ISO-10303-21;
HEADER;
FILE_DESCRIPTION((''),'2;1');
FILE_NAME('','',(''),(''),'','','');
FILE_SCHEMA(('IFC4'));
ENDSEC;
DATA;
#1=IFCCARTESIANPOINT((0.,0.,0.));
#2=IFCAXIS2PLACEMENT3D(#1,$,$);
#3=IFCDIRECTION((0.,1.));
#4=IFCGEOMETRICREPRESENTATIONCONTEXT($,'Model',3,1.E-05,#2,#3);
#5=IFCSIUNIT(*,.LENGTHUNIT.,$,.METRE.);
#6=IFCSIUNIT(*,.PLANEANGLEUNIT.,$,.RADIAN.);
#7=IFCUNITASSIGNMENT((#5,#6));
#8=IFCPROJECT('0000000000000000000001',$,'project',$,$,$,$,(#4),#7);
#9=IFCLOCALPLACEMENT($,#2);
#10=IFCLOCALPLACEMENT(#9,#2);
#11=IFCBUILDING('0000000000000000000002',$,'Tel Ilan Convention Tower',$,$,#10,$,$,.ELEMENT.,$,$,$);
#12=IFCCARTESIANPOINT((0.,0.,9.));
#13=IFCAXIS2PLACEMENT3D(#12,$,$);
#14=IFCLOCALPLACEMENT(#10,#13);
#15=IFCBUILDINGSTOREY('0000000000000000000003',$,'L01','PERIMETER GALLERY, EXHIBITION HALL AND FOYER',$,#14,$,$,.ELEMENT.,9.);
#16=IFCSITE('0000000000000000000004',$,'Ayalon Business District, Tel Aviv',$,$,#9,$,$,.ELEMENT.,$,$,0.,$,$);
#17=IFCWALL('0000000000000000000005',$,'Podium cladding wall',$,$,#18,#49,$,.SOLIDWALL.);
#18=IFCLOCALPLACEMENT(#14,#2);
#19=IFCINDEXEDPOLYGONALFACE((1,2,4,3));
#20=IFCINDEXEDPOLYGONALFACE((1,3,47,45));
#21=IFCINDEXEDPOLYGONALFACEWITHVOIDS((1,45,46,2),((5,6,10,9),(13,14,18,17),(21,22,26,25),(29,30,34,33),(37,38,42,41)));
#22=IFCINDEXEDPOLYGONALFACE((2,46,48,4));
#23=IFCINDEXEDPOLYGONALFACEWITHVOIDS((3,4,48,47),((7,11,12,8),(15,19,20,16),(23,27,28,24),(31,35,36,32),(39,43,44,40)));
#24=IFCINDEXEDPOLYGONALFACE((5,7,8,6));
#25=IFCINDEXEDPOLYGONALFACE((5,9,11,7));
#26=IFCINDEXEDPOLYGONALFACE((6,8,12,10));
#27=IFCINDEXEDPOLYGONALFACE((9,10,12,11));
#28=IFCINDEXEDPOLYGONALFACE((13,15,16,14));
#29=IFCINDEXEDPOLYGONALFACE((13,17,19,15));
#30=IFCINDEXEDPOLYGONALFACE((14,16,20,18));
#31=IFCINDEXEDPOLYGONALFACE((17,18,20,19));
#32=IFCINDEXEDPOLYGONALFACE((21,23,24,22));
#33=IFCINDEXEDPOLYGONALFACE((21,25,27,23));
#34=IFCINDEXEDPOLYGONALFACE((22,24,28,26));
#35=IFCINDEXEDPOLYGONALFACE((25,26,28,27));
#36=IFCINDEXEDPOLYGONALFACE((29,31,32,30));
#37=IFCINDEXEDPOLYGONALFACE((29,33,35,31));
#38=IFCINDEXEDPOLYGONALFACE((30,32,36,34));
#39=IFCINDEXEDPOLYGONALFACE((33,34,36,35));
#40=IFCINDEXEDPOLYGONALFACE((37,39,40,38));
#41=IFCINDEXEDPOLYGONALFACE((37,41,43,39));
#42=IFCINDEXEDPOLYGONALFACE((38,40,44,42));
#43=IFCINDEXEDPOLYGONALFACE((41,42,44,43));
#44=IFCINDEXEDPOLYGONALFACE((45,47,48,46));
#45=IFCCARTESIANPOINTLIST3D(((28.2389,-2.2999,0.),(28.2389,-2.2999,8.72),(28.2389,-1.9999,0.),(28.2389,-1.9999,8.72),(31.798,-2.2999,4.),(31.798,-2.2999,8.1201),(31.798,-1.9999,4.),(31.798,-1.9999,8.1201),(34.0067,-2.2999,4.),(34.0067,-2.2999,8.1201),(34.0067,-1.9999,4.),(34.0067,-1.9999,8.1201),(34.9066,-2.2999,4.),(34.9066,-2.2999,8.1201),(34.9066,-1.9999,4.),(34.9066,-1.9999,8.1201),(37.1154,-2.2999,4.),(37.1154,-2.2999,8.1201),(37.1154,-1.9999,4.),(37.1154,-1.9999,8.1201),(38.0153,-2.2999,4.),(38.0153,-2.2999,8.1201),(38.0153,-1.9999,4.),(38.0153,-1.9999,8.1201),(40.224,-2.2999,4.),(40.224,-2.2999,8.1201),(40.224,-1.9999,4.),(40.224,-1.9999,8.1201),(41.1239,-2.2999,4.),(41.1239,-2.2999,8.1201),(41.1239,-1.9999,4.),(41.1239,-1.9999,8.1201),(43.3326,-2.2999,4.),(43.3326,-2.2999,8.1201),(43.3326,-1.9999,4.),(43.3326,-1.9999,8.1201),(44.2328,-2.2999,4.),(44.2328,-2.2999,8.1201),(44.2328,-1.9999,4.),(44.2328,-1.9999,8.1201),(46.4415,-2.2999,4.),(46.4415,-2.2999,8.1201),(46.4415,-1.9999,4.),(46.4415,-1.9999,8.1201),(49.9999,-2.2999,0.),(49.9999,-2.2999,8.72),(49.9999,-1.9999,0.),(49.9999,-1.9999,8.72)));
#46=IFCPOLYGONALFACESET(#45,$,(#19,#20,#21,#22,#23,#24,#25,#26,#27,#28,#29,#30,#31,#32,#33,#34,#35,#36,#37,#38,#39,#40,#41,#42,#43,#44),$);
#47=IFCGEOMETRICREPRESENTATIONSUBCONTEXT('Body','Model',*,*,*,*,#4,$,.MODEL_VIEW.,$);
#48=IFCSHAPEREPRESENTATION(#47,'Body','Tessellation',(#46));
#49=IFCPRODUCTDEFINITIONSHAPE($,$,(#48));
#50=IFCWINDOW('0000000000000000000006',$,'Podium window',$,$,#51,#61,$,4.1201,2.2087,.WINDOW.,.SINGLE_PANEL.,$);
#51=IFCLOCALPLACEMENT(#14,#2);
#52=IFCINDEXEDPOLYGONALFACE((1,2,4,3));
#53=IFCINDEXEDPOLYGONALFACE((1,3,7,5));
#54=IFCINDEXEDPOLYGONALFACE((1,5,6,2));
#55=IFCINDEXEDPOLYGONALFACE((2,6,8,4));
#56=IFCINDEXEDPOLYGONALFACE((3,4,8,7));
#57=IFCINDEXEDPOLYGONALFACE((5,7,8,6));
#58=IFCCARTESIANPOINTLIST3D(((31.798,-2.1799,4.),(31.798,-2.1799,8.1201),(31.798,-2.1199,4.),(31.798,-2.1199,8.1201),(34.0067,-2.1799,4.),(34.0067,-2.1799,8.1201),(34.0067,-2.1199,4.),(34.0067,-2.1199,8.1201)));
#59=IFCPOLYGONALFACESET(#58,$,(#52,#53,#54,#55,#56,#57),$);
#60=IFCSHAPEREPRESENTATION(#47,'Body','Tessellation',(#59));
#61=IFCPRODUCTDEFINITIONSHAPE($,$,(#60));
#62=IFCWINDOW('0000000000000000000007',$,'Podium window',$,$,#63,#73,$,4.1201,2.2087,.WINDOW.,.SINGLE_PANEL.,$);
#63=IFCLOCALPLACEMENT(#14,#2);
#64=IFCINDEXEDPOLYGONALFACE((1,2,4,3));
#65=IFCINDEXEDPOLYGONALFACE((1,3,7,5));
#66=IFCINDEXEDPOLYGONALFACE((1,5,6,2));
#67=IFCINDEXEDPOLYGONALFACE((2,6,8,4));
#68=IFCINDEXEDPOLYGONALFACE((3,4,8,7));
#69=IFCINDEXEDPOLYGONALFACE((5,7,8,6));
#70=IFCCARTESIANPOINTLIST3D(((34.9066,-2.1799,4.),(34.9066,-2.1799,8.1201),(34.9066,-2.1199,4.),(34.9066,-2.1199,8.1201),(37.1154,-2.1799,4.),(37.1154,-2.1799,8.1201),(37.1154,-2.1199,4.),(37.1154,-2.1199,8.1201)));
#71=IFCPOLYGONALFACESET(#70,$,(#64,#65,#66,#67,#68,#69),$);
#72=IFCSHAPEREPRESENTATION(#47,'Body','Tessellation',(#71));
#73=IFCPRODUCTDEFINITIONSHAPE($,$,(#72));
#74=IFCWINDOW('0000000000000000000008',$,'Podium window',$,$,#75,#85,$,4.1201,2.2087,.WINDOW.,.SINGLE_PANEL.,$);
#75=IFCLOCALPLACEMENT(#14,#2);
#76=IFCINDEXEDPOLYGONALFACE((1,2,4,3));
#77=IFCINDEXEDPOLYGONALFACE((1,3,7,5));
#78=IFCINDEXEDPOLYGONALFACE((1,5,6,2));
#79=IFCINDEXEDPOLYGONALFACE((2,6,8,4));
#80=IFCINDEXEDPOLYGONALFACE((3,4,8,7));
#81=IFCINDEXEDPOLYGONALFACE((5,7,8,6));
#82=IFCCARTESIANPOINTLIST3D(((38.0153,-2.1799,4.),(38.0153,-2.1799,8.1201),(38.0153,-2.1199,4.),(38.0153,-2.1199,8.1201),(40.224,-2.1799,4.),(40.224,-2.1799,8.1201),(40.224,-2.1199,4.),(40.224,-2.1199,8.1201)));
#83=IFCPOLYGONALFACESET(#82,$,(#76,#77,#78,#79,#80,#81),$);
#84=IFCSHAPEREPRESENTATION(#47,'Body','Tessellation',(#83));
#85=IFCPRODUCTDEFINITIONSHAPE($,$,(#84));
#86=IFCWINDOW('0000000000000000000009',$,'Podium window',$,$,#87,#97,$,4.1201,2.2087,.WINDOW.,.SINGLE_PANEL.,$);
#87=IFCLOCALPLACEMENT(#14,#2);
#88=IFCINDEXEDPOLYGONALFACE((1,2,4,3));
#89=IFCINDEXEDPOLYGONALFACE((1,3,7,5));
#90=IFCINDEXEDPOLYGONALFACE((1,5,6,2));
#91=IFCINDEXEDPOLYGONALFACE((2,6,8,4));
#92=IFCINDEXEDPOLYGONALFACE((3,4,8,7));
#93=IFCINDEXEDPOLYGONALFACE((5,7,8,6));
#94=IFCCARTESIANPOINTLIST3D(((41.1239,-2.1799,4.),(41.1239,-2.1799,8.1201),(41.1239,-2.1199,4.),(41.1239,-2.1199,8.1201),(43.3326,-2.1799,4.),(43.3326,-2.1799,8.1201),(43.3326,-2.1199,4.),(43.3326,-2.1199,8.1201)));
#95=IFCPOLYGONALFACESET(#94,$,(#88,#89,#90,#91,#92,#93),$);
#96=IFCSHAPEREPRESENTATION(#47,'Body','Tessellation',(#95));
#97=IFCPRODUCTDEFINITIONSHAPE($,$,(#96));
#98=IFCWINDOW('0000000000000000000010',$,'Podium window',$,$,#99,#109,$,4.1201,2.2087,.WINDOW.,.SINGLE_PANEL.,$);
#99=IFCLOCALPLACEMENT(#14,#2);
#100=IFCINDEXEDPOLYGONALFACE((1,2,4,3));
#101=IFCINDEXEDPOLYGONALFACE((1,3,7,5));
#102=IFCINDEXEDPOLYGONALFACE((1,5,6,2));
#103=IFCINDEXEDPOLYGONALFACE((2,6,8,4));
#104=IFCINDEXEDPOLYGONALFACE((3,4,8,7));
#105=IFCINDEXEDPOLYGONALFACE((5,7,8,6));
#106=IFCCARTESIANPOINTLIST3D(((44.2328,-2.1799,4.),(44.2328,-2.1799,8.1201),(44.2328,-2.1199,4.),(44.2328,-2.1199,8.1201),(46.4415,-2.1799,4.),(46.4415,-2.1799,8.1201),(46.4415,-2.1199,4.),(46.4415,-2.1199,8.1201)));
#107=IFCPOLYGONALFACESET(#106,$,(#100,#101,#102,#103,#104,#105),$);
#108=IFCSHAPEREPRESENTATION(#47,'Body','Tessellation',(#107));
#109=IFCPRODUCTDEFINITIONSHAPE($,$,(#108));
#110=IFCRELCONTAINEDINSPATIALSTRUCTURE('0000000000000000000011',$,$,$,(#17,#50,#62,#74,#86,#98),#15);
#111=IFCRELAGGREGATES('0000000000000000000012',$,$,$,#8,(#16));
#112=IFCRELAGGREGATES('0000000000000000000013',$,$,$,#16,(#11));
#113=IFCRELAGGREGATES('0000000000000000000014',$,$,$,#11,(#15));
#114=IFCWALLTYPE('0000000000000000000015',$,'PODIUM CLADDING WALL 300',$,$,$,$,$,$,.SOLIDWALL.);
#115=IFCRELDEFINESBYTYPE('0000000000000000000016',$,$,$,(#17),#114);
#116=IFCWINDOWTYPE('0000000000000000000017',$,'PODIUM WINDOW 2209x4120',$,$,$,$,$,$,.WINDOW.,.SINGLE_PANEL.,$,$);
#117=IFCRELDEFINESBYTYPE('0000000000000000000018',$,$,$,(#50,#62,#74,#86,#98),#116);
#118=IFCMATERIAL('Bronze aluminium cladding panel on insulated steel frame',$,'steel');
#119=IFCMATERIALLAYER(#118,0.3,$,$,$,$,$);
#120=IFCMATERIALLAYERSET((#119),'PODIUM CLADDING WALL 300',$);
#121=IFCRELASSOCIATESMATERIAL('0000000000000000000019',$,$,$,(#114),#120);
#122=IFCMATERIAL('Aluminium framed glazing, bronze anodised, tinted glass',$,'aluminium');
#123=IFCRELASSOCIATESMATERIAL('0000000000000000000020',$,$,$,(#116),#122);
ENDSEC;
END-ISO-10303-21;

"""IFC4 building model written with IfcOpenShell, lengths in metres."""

from ifc_helpers import new_model, si_unit, direction, frame, frame_2d, origin, place, context, subcontext, project, spatial, rectangle, extrude, material, layer, layer_set, type_object, element, fill, save


model = new_model("IFC4")

# Units and contexts
model_context = context("Model", 3, precision=1e-05, world=origin(), true_north=direction((0.0, 1.0)))
body_context = subcontext(model_context, "Body", "Model", "MODEL_VIEW")
ifc_project = project(units=[si_unit("LENGTHUNIT", "METRE"), si_unit("PLANEANGLEUNIT", "RADIAN")], contexts=[model_context])

# Site, building, storey
site_placement = place(None, origin())
site = spatial("IfcSite", under=ifc_project, at=site_placement, Name="Ayalon Business District, Tel Aviv", CompositionType="ELEMENT", RefElevation=0.0)
building_placement = place(site_placement, origin())
building = spatial("IfcBuilding", under=site, at=building_placement, Name="Tel Ilan Convention Tower", CompositionType="ELEMENT")
storey_placement = place(building_placement, frame((0.0, 0.0, 9.0)))
storey = spatial("IfcBuildingStorey", under=building, at=storey_placement, Name="L01", Description="PERIMETER GALLERY, EXHIBITION HALL AND FOYER", CompositionType="ELEMENT", Elevation=9.0)

# Wall, openings, windows
ifc_material_1 = material(Name="Bronze aluminium cladding panel on insulated steel frame", Category="steel")
ifc_layer = layer(ifc_material_1, 0.3)
ifc_layer_set = layer_set([ifc_layer], Name="PODIUM CLADDING WALL 300")
wall_type = type_object("IfcWallType", Name="PODIUM CLADDING WALL 300", PredefinedType="SOLIDWALL", material=ifc_layer_set)
wall_placement = place(storey_placement, frame((28.239, -2.1499, 0.0), z_axis=(0.0, 0.0, 1.0), x_axis=(1.0, 0.0, 0.0)))
wall = element("IfcWall", 1, at=wall_placement, inside=storey, type_object=wall_type, Name="Podium cladding wall", PredefinedType="SOLIDWALL", context=body_context, shape_type="SweptSolid", body=[
    extrude(rectangle(XDim=21.761, YDim=0.3, at=frame_2d((10.8804, 0.0))), origin(), (0.0, 0.0, 1.0), 8.72),
])
opening_1_placement = place(wall_placement, frame((3.5588, 0.0, 4.0)))
opening_1 = element("IfcOpeningElement", 2, at=opening_1_placement, cuts=wall, PredefinedType="OPENING", context=body_context, shape_type="SweptSolid", body=[
    extrude(rectangle(XDim=2.2087, YDim=4.1201, at=frame_2d((1.1045, 2.0601))), frame((0.0, 0.1599, 0.0), z_axis=(0.0, -1.0, 0.0), x_axis=(1.0, 0.0, 0.0)), (0.0, 0.0, 1.0), 0.3201),
])
opening_2_placement = place(wall_placement, frame((6.6675, 0.0, 4.0)))
opening_2 = element("IfcOpeningElement", 3, at=opening_2_placement, cuts=wall, PredefinedType="OPENING", context=body_context, shape_type="SweptSolid", body=[
    extrude(rectangle(XDim=2.2087, YDim=4.1201, at=frame_2d((1.1045, 2.0601))), frame((0.0, 0.1599, 0.0), z_axis=(0.0, -1.0, 0.0), x_axis=(1.0, 0.0, 0.0)), (0.0, 0.0, 1.0), 0.3201),
])
opening_3_placement = place(wall_placement, frame((9.7761, 0.0, 4.0)))
opening_3 = element("IfcOpeningElement", 4, at=opening_3_placement, cuts=wall, PredefinedType="OPENING", context=body_context, shape_type="SweptSolid", body=[
    extrude(rectangle(XDim=2.2087, YDim=4.1201, at=frame_2d((1.1045, 2.0601))), frame((0.0, 0.1599, 0.0), z_axis=(0.0, -1.0, 0.0), x_axis=(1.0, 0.0, 0.0)), (0.0, 0.0, 1.0), 0.3201),
])
opening_4_placement = place(wall_placement, frame((12.8848, 0.0, 4.0)))
opening_4 = element("IfcOpeningElement", 5, at=opening_4_placement, cuts=wall, PredefinedType="OPENING", context=body_context, shape_type="SweptSolid", body=[
    extrude(rectangle(XDim=2.2087, YDim=4.1201, at=frame_2d((1.1045, 2.0601))), frame((0.0, 0.1599, 0.0), z_axis=(0.0, -1.0, 0.0), x_axis=(1.0, 0.0, 0.0)), (0.0, 0.0, 1.0), 0.3201),
])
opening_5_placement = place(wall_placement, frame((15.9937, 0.0, 4.0)))
opening_5 = element("IfcOpeningElement", 6, at=opening_5_placement, cuts=wall, PredefinedType="OPENING", context=body_context, shape_type="SweptSolid", body=[
    extrude(rectangle(XDim=2.2087, YDim=4.1201, at=frame_2d((1.1045, 2.0601))), frame((0.0, 0.1599, 0.0), z_axis=(0.0, -1.0, 0.0), x_axis=(1.0, 0.0, 0.0)), (0.0, 0.0, 1.0), 0.3201),
])
ifc_material_2 = material(Name="Aluminium framed glazing, bronze anodised, tinted glass", Category="aluminium")
window_type = type_object("IfcWindowType", Name="PODIUM WINDOW 2209x4120", PartitioningType="SINGLE_PANEL", PredefinedType="WINDOW", material=ifc_material_2)
window_1_placement = place(opening_1_placement, origin())
window_1 = element("IfcWindow", 7, at=window_1_placement, inside=storey, type_object=window_type, Name="Podium window", OverallHeight=4.1201, OverallWidth=2.2087, PartitioningType="SINGLE_PANEL", PredefinedType="WINDOW", context=body_context, shape_type="SweptSolid", body=[
    extrude(rectangle(XDim=2.2087, YDim=4.1201, at=frame_2d((1.1045, 2.0601))), frame((0.0, 0.03, 0.0), z_axis=(0.0, -1.0, 0.0), x_axis=(1.0, 0.0, 0.0)), (0.0, 0.0, 1.0), 0.0601),
])
fill(opening_1, window_1)
window_2_placement = place(opening_2_placement, origin())
window_2 = element("IfcWindow", 8, at=window_2_placement, inside=storey, type_object=window_type, Name="Podium window", OverallHeight=4.1201, OverallWidth=2.2087, PartitioningType="SINGLE_PANEL", PredefinedType="WINDOW", context=body_context, shape_type="SweptSolid", body=[
    extrude(rectangle(XDim=2.2087, YDim=4.1201, at=frame_2d((1.1045, 2.0601))), frame((0.0, 0.03, 0.0), z_axis=(0.0, -1.0, 0.0), x_axis=(1.0, 0.0, 0.0)), (0.0, 0.0, 1.0), 0.0601),
])
fill(opening_2, window_2)
window_3_placement = place(opening_3_placement, origin())
window_3 = element("IfcWindow", 9, at=window_3_placement, inside=storey, type_object=window_type, Name="Podium window", OverallHeight=4.1201, OverallWidth=2.2087, PartitioningType="SINGLE_PANEL", PredefinedType="WINDOW", context=body_context, shape_type="SweptSolid", body=[
    extrude(rectangle(XDim=2.2087, YDim=4.1201, at=frame_2d((1.1045, 2.0601))), frame((0.0, 0.03, 0.0), z_axis=(0.0, -1.0, 0.0), x_axis=(1.0, 0.0, 0.0)), (0.0, 0.0, 1.0), 0.0601),
])
fill(opening_3, window_3)
window_4_placement = place(opening_4_placement, origin())
window_4 = element("IfcWindow", 10, at=window_4_placement, inside=storey, type_object=window_type, Name="Podium window", OverallHeight=4.1201, OverallWidth=2.2087, PartitioningType="SINGLE_PANEL", PredefinedType="WINDOW", context=body_context, shape_type="SweptSolid", body=[
    extrude(rectangle(XDim=2.2087, YDim=4.1201, at=frame_2d((1.1045, 2.0601))), frame((0.0, 0.03, 0.0), z_axis=(0.0, -1.0, 0.0), x_axis=(1.0, 0.0, 0.0)), (0.0, 0.0, 1.0), 0.0601),
])
fill(opening_4, window_4)
window_5_placement = place(opening_5_placement, origin())
window_5 = element("IfcWindow", 11, at=window_5_placement, inside=storey, type_object=window_type, Name="Podium window", OverallHeight=4.1201, OverallWidth=2.2087, PartitioningType="SINGLE_PANEL", PredefinedType="WINDOW", context=body_context, shape_type="SweptSolid", body=[
    extrude(rectangle(XDim=2.2087, YDim=4.1201, at=frame_2d((1.1045, 2.0601))), frame((0.0, 0.03, 0.0), z_axis=(0.0, -1.0, 0.0), x_axis=(1.0, 0.0, 0.0)), (0.0, 0.0, 1.0), 0.0601),
])
fill(opening_5, window_5)

save(model, "model.ifc")
